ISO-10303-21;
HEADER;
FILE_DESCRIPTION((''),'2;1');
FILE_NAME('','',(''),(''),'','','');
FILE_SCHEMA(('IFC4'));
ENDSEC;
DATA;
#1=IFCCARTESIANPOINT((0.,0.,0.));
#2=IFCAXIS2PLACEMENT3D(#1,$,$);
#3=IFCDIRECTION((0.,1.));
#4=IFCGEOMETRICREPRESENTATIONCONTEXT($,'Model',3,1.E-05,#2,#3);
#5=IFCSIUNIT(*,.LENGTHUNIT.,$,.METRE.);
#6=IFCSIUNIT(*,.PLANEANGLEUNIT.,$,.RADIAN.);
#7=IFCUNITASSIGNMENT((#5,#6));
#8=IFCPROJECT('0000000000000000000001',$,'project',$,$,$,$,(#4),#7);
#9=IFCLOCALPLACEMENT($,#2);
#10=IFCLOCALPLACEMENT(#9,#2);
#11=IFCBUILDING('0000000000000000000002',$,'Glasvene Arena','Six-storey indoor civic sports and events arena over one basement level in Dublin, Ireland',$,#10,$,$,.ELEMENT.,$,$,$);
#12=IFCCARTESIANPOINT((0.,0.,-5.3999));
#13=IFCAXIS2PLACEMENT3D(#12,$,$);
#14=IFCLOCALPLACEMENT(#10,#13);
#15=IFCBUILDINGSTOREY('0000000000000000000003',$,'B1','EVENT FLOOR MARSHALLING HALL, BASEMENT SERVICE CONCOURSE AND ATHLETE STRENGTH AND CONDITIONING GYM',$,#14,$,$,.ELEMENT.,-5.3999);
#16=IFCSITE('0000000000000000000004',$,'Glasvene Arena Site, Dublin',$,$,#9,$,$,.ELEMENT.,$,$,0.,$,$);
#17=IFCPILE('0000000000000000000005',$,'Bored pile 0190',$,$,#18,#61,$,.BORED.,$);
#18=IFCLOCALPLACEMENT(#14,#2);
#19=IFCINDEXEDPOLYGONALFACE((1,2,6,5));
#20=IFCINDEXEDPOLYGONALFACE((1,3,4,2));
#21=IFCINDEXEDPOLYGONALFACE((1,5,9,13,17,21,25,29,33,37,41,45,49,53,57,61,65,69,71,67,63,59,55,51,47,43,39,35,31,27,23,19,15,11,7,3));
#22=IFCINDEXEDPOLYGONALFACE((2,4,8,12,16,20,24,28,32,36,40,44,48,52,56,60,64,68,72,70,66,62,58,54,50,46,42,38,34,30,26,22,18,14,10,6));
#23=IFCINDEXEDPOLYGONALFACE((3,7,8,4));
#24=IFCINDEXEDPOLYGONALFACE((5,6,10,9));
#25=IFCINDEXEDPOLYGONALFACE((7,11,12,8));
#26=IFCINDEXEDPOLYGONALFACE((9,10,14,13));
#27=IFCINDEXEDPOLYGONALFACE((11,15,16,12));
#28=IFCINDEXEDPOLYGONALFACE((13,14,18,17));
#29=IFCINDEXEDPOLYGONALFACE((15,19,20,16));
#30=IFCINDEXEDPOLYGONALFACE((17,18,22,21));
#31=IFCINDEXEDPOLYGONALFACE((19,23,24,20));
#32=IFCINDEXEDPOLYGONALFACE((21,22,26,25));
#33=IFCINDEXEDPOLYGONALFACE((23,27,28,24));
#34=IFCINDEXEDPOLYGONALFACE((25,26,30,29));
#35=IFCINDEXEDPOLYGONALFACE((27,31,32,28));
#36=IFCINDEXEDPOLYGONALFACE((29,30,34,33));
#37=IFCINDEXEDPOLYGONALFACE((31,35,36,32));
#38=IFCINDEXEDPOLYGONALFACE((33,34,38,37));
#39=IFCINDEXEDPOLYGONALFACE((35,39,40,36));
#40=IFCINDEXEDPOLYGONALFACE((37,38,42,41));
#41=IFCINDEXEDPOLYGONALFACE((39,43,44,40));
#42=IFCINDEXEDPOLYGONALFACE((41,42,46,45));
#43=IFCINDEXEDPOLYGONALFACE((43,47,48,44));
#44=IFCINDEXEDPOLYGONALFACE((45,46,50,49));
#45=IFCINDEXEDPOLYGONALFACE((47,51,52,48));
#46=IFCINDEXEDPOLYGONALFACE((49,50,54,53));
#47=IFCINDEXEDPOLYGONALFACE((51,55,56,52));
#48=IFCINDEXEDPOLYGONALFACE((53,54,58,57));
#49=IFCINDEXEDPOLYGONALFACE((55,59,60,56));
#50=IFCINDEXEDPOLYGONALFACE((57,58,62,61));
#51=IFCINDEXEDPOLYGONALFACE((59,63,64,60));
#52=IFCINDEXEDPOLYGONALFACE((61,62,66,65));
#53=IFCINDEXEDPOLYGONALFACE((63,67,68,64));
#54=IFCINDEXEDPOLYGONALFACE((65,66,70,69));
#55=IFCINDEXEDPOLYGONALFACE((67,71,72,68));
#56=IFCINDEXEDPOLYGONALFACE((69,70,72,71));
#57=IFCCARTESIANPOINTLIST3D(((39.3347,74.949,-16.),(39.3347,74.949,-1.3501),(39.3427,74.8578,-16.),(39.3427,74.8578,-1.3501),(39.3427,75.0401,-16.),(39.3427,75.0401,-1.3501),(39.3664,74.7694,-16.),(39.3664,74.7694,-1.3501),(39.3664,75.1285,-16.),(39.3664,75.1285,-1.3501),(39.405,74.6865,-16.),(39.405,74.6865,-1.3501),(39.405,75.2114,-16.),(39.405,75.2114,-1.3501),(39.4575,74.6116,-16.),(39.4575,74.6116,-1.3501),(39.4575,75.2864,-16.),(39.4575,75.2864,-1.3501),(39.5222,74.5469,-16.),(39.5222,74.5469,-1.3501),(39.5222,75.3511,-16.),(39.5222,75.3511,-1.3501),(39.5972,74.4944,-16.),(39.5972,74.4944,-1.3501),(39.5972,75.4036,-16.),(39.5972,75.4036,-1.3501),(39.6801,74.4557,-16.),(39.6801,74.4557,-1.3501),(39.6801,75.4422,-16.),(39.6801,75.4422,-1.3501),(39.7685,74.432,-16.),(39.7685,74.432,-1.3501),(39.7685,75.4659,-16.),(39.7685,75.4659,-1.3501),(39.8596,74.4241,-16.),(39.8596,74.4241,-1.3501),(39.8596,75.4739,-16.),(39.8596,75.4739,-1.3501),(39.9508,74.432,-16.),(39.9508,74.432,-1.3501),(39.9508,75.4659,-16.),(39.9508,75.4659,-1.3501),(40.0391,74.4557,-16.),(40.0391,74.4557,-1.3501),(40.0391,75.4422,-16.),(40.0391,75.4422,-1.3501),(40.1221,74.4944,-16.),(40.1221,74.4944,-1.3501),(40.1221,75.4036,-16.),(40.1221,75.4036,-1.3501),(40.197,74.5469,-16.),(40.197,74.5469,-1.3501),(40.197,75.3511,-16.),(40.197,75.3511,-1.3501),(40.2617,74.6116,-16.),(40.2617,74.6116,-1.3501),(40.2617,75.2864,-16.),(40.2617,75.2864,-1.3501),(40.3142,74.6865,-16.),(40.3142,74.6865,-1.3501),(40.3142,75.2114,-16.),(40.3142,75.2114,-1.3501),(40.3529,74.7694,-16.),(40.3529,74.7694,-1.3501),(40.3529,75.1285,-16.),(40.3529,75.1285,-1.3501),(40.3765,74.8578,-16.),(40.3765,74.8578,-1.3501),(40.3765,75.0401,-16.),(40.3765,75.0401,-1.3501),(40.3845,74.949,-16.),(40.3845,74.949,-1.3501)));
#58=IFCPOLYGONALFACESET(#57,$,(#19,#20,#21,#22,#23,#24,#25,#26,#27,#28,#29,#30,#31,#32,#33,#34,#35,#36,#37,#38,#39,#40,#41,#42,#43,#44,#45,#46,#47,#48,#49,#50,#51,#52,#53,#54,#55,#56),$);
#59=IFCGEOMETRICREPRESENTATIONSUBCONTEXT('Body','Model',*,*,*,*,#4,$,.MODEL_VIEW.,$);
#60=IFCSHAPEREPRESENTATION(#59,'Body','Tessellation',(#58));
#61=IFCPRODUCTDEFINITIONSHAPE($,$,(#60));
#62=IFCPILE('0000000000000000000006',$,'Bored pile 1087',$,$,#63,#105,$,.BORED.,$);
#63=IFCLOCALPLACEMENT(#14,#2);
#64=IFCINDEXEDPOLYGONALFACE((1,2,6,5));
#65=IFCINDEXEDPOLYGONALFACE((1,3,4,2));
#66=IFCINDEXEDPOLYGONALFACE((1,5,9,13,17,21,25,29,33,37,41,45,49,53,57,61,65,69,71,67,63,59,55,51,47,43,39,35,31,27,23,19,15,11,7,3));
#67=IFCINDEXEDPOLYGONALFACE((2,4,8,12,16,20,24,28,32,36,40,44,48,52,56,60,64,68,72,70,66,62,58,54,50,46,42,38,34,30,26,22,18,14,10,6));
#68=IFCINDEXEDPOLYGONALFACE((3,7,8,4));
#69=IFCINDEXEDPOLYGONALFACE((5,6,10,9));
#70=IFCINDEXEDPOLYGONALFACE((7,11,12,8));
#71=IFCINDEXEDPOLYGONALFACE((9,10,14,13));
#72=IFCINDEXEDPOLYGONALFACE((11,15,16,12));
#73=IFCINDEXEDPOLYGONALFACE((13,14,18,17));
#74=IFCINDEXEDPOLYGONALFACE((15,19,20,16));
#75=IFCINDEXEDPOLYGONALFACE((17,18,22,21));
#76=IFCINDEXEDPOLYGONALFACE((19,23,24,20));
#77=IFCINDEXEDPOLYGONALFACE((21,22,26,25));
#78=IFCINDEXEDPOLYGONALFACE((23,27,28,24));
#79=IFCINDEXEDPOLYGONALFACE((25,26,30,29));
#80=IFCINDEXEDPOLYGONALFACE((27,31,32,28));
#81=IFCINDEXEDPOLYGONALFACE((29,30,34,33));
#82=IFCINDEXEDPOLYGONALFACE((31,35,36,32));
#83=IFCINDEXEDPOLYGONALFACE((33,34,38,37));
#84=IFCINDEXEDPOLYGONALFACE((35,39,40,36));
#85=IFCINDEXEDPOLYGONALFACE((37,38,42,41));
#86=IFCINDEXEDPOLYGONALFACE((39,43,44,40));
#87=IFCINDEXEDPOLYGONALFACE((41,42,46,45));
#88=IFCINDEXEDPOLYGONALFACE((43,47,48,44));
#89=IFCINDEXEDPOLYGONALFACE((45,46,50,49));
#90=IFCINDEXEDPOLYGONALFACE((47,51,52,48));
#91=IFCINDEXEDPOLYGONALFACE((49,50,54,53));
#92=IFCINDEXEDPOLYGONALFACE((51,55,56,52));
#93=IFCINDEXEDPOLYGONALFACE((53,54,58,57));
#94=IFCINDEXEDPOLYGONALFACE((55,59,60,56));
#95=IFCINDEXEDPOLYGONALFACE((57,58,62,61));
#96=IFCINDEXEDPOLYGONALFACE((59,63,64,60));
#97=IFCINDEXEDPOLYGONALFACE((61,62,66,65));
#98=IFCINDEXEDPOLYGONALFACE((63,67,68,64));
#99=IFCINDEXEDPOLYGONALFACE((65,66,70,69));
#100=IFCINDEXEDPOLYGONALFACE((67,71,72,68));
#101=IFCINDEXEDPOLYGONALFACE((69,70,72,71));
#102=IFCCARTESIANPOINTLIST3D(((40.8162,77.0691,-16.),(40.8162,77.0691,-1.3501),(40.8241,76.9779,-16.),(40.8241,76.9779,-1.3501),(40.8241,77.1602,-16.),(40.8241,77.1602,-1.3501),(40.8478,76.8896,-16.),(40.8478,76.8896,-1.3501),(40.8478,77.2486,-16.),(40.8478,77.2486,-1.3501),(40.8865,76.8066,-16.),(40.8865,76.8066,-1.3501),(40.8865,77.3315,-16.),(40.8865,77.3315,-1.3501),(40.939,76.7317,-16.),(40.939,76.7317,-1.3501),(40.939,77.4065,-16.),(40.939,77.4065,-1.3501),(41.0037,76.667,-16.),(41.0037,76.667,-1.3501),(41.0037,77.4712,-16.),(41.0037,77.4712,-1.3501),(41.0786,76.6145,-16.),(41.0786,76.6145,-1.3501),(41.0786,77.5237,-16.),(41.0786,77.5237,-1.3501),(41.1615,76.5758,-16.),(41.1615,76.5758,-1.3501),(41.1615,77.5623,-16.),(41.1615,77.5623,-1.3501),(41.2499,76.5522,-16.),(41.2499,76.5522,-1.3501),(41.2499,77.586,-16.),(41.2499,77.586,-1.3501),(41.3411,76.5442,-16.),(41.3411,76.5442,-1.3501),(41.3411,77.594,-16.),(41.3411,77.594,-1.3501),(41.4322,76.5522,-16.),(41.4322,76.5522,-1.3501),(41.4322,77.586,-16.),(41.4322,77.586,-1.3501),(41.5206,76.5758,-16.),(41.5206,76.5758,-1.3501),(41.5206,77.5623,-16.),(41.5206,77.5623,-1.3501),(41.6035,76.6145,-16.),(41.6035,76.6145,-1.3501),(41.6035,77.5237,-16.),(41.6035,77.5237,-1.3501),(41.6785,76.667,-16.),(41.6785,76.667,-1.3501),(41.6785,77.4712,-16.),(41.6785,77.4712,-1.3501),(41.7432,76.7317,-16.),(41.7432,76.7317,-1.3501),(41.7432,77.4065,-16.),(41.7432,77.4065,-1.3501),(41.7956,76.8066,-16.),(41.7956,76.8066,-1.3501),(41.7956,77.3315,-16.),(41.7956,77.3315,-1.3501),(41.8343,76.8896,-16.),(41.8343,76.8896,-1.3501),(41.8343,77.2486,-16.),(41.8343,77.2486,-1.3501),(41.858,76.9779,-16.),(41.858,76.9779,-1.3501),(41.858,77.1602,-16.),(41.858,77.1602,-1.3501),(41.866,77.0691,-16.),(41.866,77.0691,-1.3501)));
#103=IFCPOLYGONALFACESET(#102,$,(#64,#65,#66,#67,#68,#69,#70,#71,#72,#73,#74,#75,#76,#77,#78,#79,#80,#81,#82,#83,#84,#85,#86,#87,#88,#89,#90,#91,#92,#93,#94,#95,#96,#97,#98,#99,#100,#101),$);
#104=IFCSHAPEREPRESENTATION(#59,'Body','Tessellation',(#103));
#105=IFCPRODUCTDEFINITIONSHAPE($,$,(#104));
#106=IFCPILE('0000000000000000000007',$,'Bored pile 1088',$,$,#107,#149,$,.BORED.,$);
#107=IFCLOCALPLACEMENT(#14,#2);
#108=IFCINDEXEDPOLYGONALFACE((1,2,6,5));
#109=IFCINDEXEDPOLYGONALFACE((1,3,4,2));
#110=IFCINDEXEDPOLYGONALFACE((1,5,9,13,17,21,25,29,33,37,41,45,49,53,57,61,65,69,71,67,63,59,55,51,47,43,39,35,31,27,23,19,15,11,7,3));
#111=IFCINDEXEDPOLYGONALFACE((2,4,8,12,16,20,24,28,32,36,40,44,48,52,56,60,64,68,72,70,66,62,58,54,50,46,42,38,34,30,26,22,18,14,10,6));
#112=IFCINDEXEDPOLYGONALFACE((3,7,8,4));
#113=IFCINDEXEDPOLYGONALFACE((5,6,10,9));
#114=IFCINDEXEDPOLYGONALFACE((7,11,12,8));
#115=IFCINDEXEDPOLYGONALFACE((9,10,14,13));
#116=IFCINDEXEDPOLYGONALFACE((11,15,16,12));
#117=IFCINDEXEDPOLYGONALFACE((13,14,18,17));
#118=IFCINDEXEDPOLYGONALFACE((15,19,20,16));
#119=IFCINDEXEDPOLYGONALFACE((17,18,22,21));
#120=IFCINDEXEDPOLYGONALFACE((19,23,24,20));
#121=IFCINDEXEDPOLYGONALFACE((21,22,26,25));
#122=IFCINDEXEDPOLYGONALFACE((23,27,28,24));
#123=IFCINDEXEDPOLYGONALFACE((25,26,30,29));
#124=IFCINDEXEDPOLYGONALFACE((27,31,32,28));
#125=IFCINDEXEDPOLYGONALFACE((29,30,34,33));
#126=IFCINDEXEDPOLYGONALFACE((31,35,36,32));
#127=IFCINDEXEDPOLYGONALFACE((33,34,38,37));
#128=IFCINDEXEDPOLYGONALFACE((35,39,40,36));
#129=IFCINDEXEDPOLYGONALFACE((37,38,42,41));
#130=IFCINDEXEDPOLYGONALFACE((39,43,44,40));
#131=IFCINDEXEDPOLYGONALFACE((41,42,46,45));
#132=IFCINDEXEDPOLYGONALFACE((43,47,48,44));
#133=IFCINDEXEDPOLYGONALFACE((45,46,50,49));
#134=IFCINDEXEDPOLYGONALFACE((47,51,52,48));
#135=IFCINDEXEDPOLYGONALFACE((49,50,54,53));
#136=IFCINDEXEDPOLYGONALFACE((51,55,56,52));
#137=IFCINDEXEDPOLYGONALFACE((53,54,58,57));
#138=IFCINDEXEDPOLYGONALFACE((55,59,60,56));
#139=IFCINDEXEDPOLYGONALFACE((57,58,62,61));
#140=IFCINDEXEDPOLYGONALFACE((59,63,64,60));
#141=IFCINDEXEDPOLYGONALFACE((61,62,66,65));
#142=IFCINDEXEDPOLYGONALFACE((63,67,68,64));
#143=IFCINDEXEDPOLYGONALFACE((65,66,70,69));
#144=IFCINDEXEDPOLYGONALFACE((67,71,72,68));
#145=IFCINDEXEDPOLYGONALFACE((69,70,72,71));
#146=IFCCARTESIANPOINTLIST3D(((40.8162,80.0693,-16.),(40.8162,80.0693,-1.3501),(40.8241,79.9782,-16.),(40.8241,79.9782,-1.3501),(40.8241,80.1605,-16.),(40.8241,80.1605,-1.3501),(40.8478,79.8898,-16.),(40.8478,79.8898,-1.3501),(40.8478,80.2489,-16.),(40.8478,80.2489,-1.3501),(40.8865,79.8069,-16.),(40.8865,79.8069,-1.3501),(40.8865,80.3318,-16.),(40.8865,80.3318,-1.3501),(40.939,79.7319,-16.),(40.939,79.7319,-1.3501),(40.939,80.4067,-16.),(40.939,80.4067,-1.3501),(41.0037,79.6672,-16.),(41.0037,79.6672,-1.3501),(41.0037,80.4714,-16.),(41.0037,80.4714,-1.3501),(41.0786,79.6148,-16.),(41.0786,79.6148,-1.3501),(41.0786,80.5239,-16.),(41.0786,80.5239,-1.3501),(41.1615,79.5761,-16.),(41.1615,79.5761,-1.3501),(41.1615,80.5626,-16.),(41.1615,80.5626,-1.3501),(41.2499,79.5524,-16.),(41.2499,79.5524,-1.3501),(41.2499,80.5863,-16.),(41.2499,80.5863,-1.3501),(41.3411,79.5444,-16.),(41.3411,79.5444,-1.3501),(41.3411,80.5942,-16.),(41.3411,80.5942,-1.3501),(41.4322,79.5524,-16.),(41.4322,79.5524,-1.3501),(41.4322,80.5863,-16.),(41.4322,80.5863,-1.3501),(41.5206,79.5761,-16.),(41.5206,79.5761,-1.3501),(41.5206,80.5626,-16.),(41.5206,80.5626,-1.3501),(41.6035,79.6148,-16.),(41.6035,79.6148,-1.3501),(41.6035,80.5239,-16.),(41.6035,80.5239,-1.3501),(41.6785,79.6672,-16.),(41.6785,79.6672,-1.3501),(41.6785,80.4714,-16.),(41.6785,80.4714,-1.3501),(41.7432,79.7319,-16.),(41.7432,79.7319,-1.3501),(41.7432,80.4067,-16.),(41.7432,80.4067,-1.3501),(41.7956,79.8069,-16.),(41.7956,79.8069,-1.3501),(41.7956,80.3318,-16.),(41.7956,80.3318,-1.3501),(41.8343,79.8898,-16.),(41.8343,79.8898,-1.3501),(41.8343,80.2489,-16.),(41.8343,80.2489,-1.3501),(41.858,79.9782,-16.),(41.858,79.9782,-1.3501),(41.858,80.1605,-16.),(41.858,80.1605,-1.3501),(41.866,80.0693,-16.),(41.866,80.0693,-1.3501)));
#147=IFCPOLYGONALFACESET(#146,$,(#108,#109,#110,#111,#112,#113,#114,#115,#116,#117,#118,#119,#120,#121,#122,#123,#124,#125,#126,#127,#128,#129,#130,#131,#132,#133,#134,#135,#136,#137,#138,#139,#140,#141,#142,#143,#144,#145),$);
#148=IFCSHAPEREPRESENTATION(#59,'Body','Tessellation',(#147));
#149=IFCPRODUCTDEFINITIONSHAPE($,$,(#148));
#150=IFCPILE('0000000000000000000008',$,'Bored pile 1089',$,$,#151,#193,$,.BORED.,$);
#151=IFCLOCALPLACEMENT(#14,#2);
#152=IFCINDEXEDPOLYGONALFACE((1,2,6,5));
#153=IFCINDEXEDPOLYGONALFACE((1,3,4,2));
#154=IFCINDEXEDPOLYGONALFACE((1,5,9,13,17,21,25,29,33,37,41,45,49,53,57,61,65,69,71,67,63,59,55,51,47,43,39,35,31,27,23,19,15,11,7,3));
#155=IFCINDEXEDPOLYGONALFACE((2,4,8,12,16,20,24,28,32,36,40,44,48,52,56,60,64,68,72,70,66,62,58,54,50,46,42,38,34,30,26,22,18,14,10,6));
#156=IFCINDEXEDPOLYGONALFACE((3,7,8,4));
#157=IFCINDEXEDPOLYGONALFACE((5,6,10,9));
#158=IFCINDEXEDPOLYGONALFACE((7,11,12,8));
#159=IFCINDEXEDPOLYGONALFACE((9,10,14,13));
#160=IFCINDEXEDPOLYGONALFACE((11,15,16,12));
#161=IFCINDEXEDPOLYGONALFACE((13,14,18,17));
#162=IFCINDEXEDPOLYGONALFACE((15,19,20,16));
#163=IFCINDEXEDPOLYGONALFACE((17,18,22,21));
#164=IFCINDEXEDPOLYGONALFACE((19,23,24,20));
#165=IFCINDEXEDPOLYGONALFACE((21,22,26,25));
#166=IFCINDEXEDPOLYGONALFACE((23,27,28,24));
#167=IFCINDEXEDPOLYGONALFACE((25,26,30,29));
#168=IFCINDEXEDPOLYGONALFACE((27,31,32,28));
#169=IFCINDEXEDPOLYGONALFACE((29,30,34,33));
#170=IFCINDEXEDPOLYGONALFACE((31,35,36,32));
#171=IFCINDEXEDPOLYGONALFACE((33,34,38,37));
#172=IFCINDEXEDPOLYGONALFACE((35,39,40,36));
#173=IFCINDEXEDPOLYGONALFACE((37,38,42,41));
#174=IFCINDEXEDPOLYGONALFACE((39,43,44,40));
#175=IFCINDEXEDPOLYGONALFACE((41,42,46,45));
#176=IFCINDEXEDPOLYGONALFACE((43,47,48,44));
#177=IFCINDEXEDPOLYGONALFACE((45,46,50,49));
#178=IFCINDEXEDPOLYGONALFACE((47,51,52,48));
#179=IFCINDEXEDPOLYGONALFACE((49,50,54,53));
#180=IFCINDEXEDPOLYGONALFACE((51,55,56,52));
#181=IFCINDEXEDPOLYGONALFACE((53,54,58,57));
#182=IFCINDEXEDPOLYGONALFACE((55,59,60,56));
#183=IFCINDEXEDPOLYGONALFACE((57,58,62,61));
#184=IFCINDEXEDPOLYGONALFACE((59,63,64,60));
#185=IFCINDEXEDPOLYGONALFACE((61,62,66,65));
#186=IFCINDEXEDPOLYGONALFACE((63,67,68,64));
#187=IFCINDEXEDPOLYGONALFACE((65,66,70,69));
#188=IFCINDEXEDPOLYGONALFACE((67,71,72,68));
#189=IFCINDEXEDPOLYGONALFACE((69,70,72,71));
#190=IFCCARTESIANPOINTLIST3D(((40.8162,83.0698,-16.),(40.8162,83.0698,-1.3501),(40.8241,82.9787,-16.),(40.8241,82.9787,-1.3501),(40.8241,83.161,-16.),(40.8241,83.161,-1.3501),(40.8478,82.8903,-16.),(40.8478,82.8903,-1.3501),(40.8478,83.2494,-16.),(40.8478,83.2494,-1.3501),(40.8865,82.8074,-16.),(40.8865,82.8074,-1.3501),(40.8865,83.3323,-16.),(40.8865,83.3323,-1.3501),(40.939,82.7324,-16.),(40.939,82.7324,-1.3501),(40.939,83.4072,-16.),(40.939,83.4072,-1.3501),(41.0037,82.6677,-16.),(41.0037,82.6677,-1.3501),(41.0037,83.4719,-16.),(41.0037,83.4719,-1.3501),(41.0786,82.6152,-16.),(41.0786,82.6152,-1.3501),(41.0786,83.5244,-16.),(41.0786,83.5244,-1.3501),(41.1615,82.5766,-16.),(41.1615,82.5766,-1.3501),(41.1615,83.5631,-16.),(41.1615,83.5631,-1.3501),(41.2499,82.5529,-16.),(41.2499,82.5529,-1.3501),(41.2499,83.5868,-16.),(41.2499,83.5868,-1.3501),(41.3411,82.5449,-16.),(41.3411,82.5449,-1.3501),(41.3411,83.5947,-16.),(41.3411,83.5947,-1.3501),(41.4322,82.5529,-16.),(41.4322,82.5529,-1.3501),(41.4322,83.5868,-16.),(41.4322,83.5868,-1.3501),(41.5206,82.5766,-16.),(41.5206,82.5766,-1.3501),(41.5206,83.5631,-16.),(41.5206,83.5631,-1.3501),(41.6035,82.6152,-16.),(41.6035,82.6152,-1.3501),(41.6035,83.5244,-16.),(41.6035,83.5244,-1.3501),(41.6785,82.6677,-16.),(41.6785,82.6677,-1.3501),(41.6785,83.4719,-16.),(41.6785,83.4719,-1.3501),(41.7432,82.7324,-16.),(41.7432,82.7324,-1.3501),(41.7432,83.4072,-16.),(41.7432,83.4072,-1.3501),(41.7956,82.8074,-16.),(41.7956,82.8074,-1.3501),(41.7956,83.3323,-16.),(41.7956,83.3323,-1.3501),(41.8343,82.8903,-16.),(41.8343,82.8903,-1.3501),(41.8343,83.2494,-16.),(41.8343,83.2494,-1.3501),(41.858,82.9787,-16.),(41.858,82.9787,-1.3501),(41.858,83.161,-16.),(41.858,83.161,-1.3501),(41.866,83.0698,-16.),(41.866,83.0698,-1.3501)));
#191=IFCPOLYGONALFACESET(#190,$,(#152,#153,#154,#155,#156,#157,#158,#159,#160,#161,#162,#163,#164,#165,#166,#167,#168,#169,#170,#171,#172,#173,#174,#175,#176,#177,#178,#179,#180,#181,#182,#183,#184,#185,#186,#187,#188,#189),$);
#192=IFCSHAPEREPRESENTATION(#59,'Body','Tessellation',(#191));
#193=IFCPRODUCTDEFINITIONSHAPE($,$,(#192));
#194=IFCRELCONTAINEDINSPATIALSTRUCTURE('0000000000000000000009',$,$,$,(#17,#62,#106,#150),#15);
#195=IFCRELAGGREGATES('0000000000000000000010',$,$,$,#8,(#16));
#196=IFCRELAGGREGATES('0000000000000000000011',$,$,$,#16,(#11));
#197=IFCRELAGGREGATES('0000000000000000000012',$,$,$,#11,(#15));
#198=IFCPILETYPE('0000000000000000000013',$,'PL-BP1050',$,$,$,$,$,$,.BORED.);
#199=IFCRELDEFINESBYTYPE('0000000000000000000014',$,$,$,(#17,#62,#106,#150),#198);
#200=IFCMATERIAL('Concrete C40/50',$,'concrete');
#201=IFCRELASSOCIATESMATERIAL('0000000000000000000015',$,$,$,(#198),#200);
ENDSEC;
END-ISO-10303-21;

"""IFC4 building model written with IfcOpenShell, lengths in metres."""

from ifc_helpers import new_model, si_unit, direction, frame, origin, origin_2d, place, context, subcontext, project, spatial, circle, extrude, material, material_profile, profile_set, type_object, element, save


model = new_model("IFC4")

# Units and contexts
model_context = context("Model", 3, precision=1e-05, world=origin(), true_north=direction((0.0, 1.0)))
body_context = subcontext(model_context, "Body", "Model", "MODEL_VIEW")
ifc_project = project(units=[si_unit("LENGTHUNIT", "METRE"), si_unit("PLANEANGLEUNIT", "RADIAN")], contexts=[model_context])

# Site, building, storey
site_placement = place(None, origin())
site = spatial("IfcSite", under=ifc_project, at=site_placement, Name="Glasvene Arena Site, Dublin", CompositionType="ELEMENT", RefElevation=0.0)
building_placement = place(site_placement, origin())
building = spatial("IfcBuilding", under=site, at=building_placement, Name="Glasvene Arena", Description="Six-storey indoor civic sports and events arena over one basement level in Dublin, Ireland", CompositionType="ELEMENT")
storey_placement = place(building_placement, frame((0.0, 0.0, -5.3999)))
storey = spatial("IfcBuildingStorey", under=building, at=storey_placement, Name="B1", Description="EVENT FLOOR MARSHALLING HALL, BASEMENT SERVICE CONCOURSE AND ATHLETE STRENGTH AND CONDITIONING GYM", CompositionType="ELEMENT", Elevation=-5.3999)

# Shared definitions
ifc_material_1 = material(Name="Concrete C40/50", Category="concrete")

# Piles
ifc_material_profile_1 = material_profile(ifc_material_1, circle(Radius=0.5249, at=origin_2d()), Name="BORED PILE 1050")
ifc_profile_set_1 = profile_set([ifc_material_profile_1], Name="Concrete C40/50")
pile_type_1 = type_object("IfcPileType", Name="PL-BP1050", PredefinedType="BORED", material=ifc_profile_set_1)
for number, where, z_axis, x_axis, name in (
    (1, (39.8596, 74.949, -1.3501), (0.0, 0.0, -1.0), (1.0, 0.0, 0.0), "Bored pile 0190"),
    (2, (41.3411, 77.0691, -1.3501), (0.0, 0.0, -1.0), (1.0, 0.0, 0.0), "Bored pile 1087"),
    (3, (41.3411, 80.0693, -1.3501), (0.0, 0.0, -1.0), (1.0, 0.0, 0.0), "Bored pile 1088"),
    (4, (41.3411, 83.0698, -1.3501), (0.0, 0.0, -1.0), (1.0, 0.0, 0.0), "Bored pile 1089"),
):
    element("IfcPile", number, at=place(storey_placement, frame(where, z_axis=z_axis, x_axis=x_axis)), inside=storey, type_object=pile_type_1, Name=name, PredefinedType="BORED", context=body_context, shape_type="SweptSolid", body=[
        extrude(circle(Radius=0.5249, at=origin_2d()), origin(), (0.0, 0.0, 1.0), 14.6499),
    ])

save(model, "model.ifc")
